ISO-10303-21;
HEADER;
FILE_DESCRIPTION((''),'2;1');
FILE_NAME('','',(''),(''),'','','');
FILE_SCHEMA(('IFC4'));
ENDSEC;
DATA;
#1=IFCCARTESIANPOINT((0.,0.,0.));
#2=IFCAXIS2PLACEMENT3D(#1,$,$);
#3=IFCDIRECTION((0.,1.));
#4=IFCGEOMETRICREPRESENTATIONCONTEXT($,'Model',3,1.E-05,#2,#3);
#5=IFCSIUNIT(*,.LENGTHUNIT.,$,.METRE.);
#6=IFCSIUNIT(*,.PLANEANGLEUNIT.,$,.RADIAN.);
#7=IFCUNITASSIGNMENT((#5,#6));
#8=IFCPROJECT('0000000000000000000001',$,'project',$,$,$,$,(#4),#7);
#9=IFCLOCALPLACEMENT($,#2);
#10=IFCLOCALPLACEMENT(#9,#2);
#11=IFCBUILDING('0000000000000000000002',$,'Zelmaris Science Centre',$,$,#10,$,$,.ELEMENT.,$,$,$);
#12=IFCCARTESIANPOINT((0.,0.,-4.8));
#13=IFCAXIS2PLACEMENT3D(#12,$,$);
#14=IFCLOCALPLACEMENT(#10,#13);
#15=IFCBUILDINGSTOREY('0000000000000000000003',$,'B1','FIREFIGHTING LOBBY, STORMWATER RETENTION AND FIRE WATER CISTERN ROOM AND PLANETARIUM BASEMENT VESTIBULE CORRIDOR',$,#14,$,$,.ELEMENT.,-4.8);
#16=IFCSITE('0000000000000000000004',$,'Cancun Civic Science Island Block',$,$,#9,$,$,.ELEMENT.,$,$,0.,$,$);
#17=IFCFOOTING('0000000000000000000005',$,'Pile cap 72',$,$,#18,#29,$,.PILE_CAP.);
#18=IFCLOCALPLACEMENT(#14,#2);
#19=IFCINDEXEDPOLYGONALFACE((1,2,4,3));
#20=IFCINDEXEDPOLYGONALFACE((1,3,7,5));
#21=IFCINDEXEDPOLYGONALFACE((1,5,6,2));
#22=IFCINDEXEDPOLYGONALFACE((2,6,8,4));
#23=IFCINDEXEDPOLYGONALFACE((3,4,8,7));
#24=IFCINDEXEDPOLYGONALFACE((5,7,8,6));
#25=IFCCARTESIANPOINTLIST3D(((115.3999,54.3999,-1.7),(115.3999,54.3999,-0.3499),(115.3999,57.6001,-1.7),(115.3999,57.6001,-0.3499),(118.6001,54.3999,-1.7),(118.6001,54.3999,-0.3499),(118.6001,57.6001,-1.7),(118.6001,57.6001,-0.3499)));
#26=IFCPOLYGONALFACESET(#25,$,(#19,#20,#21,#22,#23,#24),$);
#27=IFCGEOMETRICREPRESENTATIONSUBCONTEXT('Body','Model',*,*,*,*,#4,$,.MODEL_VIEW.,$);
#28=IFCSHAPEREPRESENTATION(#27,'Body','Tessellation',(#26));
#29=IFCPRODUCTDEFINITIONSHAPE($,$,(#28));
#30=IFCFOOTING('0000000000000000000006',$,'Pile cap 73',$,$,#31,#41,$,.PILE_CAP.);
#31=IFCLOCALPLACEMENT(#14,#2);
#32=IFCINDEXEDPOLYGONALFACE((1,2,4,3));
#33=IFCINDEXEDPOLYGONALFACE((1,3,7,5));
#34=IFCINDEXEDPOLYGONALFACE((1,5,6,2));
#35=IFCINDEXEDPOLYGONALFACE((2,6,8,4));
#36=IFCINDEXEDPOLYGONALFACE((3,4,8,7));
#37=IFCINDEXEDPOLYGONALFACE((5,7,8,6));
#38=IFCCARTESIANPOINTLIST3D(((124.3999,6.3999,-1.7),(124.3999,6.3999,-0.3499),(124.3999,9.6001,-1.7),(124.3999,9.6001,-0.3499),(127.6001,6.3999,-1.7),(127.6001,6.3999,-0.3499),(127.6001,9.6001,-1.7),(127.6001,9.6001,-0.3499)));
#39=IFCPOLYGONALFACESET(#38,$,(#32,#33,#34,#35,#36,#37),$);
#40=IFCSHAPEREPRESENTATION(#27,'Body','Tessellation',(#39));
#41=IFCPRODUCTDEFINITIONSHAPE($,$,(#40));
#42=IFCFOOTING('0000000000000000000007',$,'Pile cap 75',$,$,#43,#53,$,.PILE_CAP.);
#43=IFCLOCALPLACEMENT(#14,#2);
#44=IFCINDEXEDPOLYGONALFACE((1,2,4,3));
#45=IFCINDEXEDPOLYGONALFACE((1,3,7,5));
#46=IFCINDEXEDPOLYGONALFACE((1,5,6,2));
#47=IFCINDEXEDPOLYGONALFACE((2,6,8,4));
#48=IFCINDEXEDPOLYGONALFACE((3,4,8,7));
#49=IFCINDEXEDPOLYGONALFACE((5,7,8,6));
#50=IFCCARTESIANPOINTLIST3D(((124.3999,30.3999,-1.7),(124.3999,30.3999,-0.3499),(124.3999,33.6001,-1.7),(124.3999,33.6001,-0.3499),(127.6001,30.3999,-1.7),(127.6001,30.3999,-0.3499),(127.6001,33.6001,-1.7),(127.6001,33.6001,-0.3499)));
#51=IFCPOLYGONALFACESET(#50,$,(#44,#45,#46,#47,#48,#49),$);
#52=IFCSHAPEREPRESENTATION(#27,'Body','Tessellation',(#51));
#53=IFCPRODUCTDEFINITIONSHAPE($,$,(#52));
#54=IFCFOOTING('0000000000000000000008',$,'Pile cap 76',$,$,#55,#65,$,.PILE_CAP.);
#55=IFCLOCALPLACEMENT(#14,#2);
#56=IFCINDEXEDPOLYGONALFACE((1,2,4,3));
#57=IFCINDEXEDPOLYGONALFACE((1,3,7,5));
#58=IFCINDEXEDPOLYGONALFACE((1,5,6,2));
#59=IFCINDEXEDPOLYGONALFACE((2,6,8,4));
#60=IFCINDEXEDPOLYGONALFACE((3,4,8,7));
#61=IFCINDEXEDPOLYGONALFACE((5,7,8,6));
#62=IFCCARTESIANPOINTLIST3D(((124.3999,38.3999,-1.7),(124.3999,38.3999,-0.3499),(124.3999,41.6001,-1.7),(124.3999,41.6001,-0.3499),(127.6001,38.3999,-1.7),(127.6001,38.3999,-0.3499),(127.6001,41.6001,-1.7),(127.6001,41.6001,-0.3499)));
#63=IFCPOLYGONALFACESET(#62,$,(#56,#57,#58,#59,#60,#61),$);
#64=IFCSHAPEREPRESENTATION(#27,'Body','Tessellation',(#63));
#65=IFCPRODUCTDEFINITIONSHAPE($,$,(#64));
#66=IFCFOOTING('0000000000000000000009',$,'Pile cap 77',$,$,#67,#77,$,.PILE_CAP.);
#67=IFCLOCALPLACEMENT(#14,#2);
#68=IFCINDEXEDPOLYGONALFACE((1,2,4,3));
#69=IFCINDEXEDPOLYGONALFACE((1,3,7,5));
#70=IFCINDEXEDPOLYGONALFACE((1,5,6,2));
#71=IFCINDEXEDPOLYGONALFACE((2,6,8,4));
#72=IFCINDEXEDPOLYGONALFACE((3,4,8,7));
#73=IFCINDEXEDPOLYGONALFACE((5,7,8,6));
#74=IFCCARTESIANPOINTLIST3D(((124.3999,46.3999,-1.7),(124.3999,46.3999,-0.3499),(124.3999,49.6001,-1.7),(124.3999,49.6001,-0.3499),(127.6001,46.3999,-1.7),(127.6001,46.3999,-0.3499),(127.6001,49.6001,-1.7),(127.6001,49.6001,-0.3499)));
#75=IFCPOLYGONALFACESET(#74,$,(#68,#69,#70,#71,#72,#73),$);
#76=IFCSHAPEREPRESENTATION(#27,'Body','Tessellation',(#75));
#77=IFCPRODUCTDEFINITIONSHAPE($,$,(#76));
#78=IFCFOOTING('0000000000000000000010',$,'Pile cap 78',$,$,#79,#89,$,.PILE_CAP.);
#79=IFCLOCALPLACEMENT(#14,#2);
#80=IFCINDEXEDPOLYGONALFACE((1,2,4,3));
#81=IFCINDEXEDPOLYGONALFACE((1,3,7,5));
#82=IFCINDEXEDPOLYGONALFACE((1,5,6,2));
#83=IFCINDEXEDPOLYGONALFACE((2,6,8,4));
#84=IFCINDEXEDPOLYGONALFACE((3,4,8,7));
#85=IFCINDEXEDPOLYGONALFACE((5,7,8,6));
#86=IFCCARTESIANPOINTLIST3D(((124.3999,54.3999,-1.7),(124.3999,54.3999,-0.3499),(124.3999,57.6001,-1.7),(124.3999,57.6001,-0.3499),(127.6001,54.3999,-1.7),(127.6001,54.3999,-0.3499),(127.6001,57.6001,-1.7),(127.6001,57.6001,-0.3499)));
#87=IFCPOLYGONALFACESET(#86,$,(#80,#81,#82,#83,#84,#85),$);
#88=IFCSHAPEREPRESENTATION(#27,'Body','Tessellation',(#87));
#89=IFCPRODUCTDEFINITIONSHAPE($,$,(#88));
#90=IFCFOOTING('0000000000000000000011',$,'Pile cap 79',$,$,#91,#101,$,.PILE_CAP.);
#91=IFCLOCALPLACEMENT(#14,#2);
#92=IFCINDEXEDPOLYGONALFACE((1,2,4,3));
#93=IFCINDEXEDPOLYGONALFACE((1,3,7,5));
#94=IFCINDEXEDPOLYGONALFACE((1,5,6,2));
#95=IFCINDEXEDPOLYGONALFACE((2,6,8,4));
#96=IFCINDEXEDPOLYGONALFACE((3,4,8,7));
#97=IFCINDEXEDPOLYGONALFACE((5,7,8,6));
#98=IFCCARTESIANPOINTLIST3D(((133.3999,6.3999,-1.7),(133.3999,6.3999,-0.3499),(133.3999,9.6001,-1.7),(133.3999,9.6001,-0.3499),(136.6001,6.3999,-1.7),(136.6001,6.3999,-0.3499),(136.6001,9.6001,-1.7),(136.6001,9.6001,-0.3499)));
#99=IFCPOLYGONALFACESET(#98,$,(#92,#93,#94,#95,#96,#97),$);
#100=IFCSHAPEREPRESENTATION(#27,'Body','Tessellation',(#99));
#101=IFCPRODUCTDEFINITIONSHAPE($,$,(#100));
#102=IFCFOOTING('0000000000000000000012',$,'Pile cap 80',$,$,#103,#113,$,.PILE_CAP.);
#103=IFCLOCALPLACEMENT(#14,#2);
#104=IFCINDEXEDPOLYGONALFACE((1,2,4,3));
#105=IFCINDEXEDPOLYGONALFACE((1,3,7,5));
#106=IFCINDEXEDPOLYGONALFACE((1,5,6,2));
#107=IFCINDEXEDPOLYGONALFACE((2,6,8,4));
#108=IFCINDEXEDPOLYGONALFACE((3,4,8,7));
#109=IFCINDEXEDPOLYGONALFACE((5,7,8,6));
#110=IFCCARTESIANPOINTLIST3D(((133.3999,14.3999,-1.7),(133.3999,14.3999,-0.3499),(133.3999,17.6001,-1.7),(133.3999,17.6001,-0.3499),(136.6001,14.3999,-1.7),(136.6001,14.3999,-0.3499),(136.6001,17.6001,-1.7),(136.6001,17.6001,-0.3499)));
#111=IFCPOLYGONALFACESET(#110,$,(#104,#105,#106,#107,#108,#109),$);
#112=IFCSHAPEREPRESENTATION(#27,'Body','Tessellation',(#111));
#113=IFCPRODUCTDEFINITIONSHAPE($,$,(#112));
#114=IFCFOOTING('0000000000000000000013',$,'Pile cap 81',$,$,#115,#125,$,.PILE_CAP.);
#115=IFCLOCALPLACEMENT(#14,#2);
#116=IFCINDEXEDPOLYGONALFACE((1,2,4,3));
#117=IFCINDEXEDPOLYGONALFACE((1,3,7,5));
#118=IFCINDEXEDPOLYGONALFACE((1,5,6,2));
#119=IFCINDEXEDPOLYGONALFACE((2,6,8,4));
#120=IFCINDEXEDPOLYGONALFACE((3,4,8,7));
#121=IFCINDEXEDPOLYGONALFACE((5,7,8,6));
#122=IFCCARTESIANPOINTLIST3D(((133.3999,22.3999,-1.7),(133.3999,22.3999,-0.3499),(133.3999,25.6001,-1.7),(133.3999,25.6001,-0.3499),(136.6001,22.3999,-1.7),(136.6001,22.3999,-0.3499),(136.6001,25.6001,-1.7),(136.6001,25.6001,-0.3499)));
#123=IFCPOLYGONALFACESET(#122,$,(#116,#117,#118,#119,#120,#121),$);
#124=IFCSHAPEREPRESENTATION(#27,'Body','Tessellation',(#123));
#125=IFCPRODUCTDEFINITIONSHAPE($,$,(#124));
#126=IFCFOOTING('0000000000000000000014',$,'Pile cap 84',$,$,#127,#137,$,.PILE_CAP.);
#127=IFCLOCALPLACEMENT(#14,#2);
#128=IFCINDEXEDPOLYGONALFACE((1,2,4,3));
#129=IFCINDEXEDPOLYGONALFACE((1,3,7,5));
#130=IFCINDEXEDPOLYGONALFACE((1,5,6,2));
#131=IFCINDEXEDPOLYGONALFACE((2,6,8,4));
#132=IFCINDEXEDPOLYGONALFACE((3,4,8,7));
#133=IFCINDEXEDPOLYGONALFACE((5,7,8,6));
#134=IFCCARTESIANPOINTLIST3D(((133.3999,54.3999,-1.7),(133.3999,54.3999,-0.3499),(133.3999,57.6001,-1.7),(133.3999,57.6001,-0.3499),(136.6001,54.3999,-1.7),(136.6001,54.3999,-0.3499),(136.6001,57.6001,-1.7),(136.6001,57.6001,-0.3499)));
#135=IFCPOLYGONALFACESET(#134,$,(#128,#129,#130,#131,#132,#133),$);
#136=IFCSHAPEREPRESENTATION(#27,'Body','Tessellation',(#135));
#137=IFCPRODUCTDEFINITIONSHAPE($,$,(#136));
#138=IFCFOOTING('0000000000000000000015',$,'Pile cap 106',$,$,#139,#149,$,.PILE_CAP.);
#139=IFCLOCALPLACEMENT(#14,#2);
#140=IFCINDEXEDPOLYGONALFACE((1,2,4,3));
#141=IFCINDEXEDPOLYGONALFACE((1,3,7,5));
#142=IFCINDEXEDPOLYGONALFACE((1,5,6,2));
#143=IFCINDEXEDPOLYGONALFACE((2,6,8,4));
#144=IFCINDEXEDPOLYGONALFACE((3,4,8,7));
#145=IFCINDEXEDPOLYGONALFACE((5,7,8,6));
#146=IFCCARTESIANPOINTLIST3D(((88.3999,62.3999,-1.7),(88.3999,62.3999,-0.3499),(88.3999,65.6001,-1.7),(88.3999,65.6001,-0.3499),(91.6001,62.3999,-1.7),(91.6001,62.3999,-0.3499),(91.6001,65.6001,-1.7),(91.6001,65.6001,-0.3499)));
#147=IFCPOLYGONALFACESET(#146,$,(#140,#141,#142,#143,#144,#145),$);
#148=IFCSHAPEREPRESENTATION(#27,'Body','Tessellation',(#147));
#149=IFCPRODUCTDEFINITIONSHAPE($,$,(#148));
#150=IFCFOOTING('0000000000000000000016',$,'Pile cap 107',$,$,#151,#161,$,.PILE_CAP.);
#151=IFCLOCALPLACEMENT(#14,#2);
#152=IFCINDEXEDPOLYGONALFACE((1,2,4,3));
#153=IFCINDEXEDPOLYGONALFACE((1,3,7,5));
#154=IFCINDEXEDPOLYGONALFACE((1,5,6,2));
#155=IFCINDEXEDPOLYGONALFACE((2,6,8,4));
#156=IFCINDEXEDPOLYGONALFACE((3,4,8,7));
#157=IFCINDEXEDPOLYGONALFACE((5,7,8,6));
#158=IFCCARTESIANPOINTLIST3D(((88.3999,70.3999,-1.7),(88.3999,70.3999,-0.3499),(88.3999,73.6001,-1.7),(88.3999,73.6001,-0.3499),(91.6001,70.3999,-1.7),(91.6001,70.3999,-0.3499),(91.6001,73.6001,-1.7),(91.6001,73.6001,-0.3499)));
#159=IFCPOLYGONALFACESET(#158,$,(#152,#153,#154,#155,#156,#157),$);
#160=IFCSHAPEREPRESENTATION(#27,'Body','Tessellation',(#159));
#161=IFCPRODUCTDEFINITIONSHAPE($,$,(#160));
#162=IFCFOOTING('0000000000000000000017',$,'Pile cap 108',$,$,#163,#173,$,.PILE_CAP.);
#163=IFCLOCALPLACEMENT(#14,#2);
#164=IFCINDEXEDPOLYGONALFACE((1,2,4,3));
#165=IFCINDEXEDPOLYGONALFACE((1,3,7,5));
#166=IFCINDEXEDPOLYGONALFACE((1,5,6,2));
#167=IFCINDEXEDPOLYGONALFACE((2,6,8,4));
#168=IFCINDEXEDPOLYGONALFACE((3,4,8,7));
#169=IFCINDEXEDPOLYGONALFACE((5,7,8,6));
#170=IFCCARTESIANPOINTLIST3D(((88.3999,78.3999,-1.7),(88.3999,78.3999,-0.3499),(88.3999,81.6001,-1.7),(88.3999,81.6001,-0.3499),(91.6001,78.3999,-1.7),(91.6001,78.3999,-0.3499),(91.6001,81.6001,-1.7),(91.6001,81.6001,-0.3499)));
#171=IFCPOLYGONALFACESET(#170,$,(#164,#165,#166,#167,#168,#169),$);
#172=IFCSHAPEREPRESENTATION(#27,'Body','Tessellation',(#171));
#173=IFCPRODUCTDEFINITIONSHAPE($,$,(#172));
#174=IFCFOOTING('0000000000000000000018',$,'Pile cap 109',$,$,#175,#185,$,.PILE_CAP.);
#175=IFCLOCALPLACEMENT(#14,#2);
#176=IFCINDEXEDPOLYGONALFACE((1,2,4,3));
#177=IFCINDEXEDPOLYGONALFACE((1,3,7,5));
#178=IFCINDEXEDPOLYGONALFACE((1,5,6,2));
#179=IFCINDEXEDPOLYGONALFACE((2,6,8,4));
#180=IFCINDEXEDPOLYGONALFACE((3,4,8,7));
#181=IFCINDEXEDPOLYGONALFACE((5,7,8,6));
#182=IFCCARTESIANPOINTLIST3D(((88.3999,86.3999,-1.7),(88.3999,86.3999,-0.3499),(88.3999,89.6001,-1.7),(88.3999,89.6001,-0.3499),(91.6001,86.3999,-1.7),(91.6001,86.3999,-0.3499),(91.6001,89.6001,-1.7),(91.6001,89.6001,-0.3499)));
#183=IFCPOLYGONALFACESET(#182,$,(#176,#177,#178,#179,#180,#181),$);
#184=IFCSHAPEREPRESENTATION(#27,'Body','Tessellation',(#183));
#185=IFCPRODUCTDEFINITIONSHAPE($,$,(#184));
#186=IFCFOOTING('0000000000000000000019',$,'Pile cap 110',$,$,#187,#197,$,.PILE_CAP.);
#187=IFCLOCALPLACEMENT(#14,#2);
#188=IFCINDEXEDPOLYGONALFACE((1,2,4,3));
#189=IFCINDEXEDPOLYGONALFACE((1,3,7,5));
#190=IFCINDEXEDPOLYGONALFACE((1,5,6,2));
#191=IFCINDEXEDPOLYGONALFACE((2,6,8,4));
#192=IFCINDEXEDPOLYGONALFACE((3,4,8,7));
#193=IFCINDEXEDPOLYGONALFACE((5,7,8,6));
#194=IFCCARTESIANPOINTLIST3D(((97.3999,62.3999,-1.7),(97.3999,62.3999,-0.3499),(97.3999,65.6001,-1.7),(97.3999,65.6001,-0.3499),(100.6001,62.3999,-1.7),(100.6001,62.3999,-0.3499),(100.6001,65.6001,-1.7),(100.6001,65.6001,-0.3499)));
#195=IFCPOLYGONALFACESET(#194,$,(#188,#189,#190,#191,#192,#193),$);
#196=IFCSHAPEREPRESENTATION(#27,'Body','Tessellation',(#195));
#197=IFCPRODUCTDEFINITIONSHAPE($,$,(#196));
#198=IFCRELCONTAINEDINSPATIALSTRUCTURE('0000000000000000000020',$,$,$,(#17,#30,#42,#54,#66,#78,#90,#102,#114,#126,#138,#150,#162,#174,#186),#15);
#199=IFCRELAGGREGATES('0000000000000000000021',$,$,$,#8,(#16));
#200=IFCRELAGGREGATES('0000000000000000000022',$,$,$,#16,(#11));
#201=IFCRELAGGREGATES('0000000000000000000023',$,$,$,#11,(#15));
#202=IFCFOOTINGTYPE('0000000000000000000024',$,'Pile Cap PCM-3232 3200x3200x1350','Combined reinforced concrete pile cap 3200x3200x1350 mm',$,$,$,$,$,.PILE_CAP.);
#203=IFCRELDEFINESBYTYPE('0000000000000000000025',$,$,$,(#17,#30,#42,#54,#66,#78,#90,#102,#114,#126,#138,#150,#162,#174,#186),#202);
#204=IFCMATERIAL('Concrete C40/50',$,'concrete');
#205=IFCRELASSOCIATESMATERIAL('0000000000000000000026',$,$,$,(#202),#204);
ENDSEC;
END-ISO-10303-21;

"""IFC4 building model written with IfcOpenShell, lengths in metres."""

from ifc_helpers import new_model, si_unit, direction, frame, origin, place, context, subcontext, project, spatial, polyline, outline, extrude, material, type_object, element, save


model = new_model("IFC4")

# Units and contexts
model_context = context("Model", 3, precision=1e-05, world=origin(), true_north=direction((0.0, 1.0)))
body_context = subcontext(model_context, "Body", "Model", "MODEL_VIEW")
ifc_project = project(units=[si_unit("LENGTHUNIT", "METRE"), si_unit("PLANEANGLEUNIT", "RADIAN")], contexts=[model_context])

# Site, building, storey
site_placement = place(None, origin())
site = spatial("IfcSite", under=ifc_project, at=site_placement, Name="Cancun Civic Science Island Block", CompositionType="ELEMENT", RefElevation=0.0)
building_placement = place(site_placement, origin())
building = spatial("IfcBuilding", under=site, at=building_placement, Name="Zelmaris Science Centre", CompositionType="ELEMENT")
storey_placement = place(building_placement, frame((0.0, 0.0, -4.8)))
storey = spatial("IfcBuildingStorey", under=building, at=storey_placement, Name="B1", Description="FIREFIGHTING LOBBY, STORMWATER RETENTION AND FIRE WATER CISTERN ROOM AND PLANETARIUM BASEMENT VESTIBULE CORRIDOR", CompositionType="ELEMENT", Elevation=-4.8)

# Footings
ifc_material = material(Name="Concrete C40/50", Category="concrete")
footing_type_1 = type_object("IfcFootingType", Name="Pile Cap PCM-3232 3200x3200x1350", Description="Combined reinforced concrete pile cap 3200x3200x1350 mm", PredefinedType="PILE_CAP", material=ifc_material)
footing_1_placement = place(storey_placement, frame((0.0, 0.0, -1.7)))
element("IfcFooting", 1, at=footing_1_placement, inside=storey, type_object=footing_type_1, Name="Pile cap 72", PredefinedType="PILE_CAP", context=body_context, shape_type="SweptSolid", body=[
    extrude(outline(polyline([(115.3999, 54.3999), (118.6001, 54.3999), (118.6001, 57.6001), (115.3999, 57.6001), (115.3999, 54.3999)])), origin(), (0.0, 0.0, 1.0), 1.3501),
])
footing_2_placement = place(storey_placement, frame((0.0, 0.0, -1.7)))
element("IfcFooting", 2, at=footing_2_placement, inside=storey, type_object=footing_type_1, Name="Pile cap 73", PredefinedType="PILE_CAP", context=body_context, shape_type="SweptSolid", body=[
    extrude(outline(polyline([(124.3999, 6.3999), (127.6001, 6.3999), (127.6001, 9.6001), (124.3999, 9.6001), (124.3999, 6.3999)])), origin(), (0.0, 0.0, 1.0), 1.3501),
])
footing_3_placement = place(storey_placement, frame((0.0, 0.0, -1.7)))
element("IfcFooting", 3, at=footing_3_placement, inside=storey, type_object=footing_type_1, Name="Pile cap 75", PredefinedType="PILE_CAP", context=body_context, shape_type="SweptSolid", body=[
    extrude(outline(polyline([(124.3999, 30.3999), (127.6001, 30.3999), (127.6001, 33.6001), (124.3999, 33.6001), (124.3999, 30.3999)])), origin(), (0.0, 0.0, 1.0), 1.3501),
])
footing_4_placement = place(storey_placement, frame((0.0, 0.0, -1.7)))
element("IfcFooting", 4, at=footing_4_placement, inside=storey, type_object=footing_type_1, Name="Pile cap 76", PredefinedType="PILE_CAP", context=body_context, shape_type="SweptSolid", body=[
    extrude(outline(polyline([(124.3999, 38.3999), (127.6001, 38.3999), (127.6001, 41.6001), (124.3999, 41.6001), (124.3999, 38.3999)])), origin(), (0.0, 0.0, 1.0), 1.3501),
])
footing_5_placement = place(storey_placement, frame((0.0, 0.0, -1.7)))
element("IfcFooting", 5, at=footing_5_placement, inside=storey, type_object=footing_type_1, Name="Pile cap 77", PredefinedType="PILE_CAP", context=body_context, shape_type="SweptSolid", body=[
    extrude(outline(polyline([(124.3999, 46.3999), (127.6001, 46.3999), (127.6001, 49.6001), (124.3999, 49.6001), (124.3999, 46.3999)])), origin(), (0.0, 0.0, 1.0), 1.3501),
])
footing_6_placement = place(storey_placement, frame((0.0, 0.0, -1.7)))
element("IfcFooting", 6, at=footing_6_placement, inside=storey, type_object=footing_type_1, Name="Pile cap 78", PredefinedType="PILE_CAP", context=body_context, shape_type="SweptSolid", body=[
    extrude(outline(polyline([(124.3999, 54.3999), (127.6001, 54.3999), (127.6001, 57.6001), (124.3999, 57.6001), (124.3999, 54.3999)])), origin(), (0.0, 0.0, 1.0), 1.3501),
])
footing_7_placement = place(storey_placement, frame((0.0, 0.0, -1.7)))
element("IfcFooting", 7, at=footing_7_placement, inside=storey, type_object=footing_type_1, Name="Pile cap 79", PredefinedType="PILE_CAP", context=body_context, shape_type="SweptSolid", body=[
    extrude(outline(polyline([(133.3999, 6.3999), (136.6001, 6.3999), (136.6001, 9.6001), (133.3999, 9.6001), (133.3999, 6.3999)])), origin(), (0.0, 0.0, 1.0), 1.3501),
])
footing_8_placement = place(storey_placement, frame((0.0, 0.0, -1.7)))
element("IfcFooting", 8, at=footing_8_placement, inside=storey, type_object=footing_type_1, Name="Pile cap 80", PredefinedType="PILE_CAP", context=body_context, shape_type="SweptSolid", body=[
    extrude(outline(polyline([(133.3999, 14.3999), (136.6001, 14.3999), (136.6001, 17.6001), (133.3999, 17.6001), (133.3999, 14.3999)])), origin(), (0.0, 0.0, 1.0), 1.3501),
])
footing_9_placement = place(storey_placement, frame((0.0, 0.0, -1.7)))
element("IfcFooting", 9, at=footing_9_placement, inside=storey, type_object=footing_type_1, Name="Pile cap 81", PredefinedType="PILE_CAP", context=body_context, shape_type="SweptSolid", body=[
    extrude(outline(polyline([(133.3999, 22.3999), (136.6001, 22.3999), (136.6001, 25.6001), (133.3999, 25.6001), (133.3999, 22.3999)])), origin(), (0.0, 0.0, 1.0), 1.3501),
])
footing_10_placement = place(storey_placement, frame((0.0, 0.0, -1.7)))
element("IfcFooting", 10, at=footing_10_placement, inside=storey, type_object=footing_type_1, Name="Pile cap 84", PredefinedType="PILE_CAP", context=body_context, shape_type="SweptSolid", body=[
    extrude(outline(polyline([(133.3999, 54.3999), (136.6001, 54.3999), (136.6001, 57.6001), (133.3999, 57.6001), (133.3999, 54.3999)])), origin(), (0.0, 0.0, 1.0), 1.3501),
])
footing_11_placement = place(storey_placement, frame((0.0, 0.0, -1.7)))
element("IfcFooting", 11, at=footing_11_placement, inside=storey, type_object=footing_type_1, Name="Pile cap 106", PredefinedType="PILE_CAP", context=body_context, shape_type="SweptSolid", body=[
    extrude(outline(polyline([(88.3999, 62.3999), (91.6001, 62.3999), (91.6001, 65.6001), (88.3999, 65.6001), (88.3999, 62.3999)])), origin(), (0.0, 0.0, 1.0), 1.3501),
])
footing_12_placement = place(storey_placement, frame((0.0, 0.0, -1.7)))
element("IfcFooting", 12, at=footing_12_placement, inside=storey, type_object=footing_type_1, Name="Pile cap 107", PredefinedType="PILE_CAP", context=body_context, shape_type="SweptSolid", body=[
    extrude(outline(polyline([(88.3999, 70.3999), (91.6001, 70.3999), (91.6001, 73.6001), (88.3999, 73.6001), (88.3999, 70.3999)])), origin(), (0.0, 0.0, 1.0), 1.3501),
])
footing_13_placement = place(storey_placement, frame((0.0, 0.0, -1.7)))
element("IfcFooting", 13, at=footing_13_placement, inside=storey, type_object=footing_type_1, Name="Pile cap 108", PredefinedType="PILE_CAP", context=body_context, shape_type="SweptSolid", body=[
    extrude(outline(polyline([(88.3999, 78.3999), (91.6001, 78.3999), (91.6001, 81.6001), (88.3999, 81.6001), (88.3999, 78.3999)])), origin(), (0.0, 0.0, 1.0), 1.3501),
])
footing_14_placement = place(storey_placement, frame((0.0, 0.0, -1.7)))
element("IfcFooting", 14, at=footing_14_placement, inside=storey, type_object=footing_type_1, Name="Pile cap 109", PredefinedType="PILE_CAP", context=body_context, shape_type="SweptSolid", body=[
    extrude(outline(polyline([(88.3999, 86.3999), (91.6001, 86.3999), (91.6001, 89.6001), (88.3999, 89.6001), (88.3999, 86.3999)])), origin(), (0.0, 0.0, 1.0), 1.3501),
])
footing_15_placement = place(storey_placement, frame((0.0, 0.0, -1.7)))
element("IfcFooting", 15, at=footing_15_placement, inside=storey, type_object=footing_type_1, Name="Pile cap 110", PredefinedType="PILE_CAP", context=body_context, shape_type="SweptSolid", body=[
    extrude(outline(polyline([(97.3999, 62.3999), (100.6001, 62.3999), (100.6001, 65.6001), (97.3999, 65.6001), (97.3999, 62.3999)])), origin(), (0.0, 0.0, 1.0), 1.3501),
])

save(model, "model.ifc")
